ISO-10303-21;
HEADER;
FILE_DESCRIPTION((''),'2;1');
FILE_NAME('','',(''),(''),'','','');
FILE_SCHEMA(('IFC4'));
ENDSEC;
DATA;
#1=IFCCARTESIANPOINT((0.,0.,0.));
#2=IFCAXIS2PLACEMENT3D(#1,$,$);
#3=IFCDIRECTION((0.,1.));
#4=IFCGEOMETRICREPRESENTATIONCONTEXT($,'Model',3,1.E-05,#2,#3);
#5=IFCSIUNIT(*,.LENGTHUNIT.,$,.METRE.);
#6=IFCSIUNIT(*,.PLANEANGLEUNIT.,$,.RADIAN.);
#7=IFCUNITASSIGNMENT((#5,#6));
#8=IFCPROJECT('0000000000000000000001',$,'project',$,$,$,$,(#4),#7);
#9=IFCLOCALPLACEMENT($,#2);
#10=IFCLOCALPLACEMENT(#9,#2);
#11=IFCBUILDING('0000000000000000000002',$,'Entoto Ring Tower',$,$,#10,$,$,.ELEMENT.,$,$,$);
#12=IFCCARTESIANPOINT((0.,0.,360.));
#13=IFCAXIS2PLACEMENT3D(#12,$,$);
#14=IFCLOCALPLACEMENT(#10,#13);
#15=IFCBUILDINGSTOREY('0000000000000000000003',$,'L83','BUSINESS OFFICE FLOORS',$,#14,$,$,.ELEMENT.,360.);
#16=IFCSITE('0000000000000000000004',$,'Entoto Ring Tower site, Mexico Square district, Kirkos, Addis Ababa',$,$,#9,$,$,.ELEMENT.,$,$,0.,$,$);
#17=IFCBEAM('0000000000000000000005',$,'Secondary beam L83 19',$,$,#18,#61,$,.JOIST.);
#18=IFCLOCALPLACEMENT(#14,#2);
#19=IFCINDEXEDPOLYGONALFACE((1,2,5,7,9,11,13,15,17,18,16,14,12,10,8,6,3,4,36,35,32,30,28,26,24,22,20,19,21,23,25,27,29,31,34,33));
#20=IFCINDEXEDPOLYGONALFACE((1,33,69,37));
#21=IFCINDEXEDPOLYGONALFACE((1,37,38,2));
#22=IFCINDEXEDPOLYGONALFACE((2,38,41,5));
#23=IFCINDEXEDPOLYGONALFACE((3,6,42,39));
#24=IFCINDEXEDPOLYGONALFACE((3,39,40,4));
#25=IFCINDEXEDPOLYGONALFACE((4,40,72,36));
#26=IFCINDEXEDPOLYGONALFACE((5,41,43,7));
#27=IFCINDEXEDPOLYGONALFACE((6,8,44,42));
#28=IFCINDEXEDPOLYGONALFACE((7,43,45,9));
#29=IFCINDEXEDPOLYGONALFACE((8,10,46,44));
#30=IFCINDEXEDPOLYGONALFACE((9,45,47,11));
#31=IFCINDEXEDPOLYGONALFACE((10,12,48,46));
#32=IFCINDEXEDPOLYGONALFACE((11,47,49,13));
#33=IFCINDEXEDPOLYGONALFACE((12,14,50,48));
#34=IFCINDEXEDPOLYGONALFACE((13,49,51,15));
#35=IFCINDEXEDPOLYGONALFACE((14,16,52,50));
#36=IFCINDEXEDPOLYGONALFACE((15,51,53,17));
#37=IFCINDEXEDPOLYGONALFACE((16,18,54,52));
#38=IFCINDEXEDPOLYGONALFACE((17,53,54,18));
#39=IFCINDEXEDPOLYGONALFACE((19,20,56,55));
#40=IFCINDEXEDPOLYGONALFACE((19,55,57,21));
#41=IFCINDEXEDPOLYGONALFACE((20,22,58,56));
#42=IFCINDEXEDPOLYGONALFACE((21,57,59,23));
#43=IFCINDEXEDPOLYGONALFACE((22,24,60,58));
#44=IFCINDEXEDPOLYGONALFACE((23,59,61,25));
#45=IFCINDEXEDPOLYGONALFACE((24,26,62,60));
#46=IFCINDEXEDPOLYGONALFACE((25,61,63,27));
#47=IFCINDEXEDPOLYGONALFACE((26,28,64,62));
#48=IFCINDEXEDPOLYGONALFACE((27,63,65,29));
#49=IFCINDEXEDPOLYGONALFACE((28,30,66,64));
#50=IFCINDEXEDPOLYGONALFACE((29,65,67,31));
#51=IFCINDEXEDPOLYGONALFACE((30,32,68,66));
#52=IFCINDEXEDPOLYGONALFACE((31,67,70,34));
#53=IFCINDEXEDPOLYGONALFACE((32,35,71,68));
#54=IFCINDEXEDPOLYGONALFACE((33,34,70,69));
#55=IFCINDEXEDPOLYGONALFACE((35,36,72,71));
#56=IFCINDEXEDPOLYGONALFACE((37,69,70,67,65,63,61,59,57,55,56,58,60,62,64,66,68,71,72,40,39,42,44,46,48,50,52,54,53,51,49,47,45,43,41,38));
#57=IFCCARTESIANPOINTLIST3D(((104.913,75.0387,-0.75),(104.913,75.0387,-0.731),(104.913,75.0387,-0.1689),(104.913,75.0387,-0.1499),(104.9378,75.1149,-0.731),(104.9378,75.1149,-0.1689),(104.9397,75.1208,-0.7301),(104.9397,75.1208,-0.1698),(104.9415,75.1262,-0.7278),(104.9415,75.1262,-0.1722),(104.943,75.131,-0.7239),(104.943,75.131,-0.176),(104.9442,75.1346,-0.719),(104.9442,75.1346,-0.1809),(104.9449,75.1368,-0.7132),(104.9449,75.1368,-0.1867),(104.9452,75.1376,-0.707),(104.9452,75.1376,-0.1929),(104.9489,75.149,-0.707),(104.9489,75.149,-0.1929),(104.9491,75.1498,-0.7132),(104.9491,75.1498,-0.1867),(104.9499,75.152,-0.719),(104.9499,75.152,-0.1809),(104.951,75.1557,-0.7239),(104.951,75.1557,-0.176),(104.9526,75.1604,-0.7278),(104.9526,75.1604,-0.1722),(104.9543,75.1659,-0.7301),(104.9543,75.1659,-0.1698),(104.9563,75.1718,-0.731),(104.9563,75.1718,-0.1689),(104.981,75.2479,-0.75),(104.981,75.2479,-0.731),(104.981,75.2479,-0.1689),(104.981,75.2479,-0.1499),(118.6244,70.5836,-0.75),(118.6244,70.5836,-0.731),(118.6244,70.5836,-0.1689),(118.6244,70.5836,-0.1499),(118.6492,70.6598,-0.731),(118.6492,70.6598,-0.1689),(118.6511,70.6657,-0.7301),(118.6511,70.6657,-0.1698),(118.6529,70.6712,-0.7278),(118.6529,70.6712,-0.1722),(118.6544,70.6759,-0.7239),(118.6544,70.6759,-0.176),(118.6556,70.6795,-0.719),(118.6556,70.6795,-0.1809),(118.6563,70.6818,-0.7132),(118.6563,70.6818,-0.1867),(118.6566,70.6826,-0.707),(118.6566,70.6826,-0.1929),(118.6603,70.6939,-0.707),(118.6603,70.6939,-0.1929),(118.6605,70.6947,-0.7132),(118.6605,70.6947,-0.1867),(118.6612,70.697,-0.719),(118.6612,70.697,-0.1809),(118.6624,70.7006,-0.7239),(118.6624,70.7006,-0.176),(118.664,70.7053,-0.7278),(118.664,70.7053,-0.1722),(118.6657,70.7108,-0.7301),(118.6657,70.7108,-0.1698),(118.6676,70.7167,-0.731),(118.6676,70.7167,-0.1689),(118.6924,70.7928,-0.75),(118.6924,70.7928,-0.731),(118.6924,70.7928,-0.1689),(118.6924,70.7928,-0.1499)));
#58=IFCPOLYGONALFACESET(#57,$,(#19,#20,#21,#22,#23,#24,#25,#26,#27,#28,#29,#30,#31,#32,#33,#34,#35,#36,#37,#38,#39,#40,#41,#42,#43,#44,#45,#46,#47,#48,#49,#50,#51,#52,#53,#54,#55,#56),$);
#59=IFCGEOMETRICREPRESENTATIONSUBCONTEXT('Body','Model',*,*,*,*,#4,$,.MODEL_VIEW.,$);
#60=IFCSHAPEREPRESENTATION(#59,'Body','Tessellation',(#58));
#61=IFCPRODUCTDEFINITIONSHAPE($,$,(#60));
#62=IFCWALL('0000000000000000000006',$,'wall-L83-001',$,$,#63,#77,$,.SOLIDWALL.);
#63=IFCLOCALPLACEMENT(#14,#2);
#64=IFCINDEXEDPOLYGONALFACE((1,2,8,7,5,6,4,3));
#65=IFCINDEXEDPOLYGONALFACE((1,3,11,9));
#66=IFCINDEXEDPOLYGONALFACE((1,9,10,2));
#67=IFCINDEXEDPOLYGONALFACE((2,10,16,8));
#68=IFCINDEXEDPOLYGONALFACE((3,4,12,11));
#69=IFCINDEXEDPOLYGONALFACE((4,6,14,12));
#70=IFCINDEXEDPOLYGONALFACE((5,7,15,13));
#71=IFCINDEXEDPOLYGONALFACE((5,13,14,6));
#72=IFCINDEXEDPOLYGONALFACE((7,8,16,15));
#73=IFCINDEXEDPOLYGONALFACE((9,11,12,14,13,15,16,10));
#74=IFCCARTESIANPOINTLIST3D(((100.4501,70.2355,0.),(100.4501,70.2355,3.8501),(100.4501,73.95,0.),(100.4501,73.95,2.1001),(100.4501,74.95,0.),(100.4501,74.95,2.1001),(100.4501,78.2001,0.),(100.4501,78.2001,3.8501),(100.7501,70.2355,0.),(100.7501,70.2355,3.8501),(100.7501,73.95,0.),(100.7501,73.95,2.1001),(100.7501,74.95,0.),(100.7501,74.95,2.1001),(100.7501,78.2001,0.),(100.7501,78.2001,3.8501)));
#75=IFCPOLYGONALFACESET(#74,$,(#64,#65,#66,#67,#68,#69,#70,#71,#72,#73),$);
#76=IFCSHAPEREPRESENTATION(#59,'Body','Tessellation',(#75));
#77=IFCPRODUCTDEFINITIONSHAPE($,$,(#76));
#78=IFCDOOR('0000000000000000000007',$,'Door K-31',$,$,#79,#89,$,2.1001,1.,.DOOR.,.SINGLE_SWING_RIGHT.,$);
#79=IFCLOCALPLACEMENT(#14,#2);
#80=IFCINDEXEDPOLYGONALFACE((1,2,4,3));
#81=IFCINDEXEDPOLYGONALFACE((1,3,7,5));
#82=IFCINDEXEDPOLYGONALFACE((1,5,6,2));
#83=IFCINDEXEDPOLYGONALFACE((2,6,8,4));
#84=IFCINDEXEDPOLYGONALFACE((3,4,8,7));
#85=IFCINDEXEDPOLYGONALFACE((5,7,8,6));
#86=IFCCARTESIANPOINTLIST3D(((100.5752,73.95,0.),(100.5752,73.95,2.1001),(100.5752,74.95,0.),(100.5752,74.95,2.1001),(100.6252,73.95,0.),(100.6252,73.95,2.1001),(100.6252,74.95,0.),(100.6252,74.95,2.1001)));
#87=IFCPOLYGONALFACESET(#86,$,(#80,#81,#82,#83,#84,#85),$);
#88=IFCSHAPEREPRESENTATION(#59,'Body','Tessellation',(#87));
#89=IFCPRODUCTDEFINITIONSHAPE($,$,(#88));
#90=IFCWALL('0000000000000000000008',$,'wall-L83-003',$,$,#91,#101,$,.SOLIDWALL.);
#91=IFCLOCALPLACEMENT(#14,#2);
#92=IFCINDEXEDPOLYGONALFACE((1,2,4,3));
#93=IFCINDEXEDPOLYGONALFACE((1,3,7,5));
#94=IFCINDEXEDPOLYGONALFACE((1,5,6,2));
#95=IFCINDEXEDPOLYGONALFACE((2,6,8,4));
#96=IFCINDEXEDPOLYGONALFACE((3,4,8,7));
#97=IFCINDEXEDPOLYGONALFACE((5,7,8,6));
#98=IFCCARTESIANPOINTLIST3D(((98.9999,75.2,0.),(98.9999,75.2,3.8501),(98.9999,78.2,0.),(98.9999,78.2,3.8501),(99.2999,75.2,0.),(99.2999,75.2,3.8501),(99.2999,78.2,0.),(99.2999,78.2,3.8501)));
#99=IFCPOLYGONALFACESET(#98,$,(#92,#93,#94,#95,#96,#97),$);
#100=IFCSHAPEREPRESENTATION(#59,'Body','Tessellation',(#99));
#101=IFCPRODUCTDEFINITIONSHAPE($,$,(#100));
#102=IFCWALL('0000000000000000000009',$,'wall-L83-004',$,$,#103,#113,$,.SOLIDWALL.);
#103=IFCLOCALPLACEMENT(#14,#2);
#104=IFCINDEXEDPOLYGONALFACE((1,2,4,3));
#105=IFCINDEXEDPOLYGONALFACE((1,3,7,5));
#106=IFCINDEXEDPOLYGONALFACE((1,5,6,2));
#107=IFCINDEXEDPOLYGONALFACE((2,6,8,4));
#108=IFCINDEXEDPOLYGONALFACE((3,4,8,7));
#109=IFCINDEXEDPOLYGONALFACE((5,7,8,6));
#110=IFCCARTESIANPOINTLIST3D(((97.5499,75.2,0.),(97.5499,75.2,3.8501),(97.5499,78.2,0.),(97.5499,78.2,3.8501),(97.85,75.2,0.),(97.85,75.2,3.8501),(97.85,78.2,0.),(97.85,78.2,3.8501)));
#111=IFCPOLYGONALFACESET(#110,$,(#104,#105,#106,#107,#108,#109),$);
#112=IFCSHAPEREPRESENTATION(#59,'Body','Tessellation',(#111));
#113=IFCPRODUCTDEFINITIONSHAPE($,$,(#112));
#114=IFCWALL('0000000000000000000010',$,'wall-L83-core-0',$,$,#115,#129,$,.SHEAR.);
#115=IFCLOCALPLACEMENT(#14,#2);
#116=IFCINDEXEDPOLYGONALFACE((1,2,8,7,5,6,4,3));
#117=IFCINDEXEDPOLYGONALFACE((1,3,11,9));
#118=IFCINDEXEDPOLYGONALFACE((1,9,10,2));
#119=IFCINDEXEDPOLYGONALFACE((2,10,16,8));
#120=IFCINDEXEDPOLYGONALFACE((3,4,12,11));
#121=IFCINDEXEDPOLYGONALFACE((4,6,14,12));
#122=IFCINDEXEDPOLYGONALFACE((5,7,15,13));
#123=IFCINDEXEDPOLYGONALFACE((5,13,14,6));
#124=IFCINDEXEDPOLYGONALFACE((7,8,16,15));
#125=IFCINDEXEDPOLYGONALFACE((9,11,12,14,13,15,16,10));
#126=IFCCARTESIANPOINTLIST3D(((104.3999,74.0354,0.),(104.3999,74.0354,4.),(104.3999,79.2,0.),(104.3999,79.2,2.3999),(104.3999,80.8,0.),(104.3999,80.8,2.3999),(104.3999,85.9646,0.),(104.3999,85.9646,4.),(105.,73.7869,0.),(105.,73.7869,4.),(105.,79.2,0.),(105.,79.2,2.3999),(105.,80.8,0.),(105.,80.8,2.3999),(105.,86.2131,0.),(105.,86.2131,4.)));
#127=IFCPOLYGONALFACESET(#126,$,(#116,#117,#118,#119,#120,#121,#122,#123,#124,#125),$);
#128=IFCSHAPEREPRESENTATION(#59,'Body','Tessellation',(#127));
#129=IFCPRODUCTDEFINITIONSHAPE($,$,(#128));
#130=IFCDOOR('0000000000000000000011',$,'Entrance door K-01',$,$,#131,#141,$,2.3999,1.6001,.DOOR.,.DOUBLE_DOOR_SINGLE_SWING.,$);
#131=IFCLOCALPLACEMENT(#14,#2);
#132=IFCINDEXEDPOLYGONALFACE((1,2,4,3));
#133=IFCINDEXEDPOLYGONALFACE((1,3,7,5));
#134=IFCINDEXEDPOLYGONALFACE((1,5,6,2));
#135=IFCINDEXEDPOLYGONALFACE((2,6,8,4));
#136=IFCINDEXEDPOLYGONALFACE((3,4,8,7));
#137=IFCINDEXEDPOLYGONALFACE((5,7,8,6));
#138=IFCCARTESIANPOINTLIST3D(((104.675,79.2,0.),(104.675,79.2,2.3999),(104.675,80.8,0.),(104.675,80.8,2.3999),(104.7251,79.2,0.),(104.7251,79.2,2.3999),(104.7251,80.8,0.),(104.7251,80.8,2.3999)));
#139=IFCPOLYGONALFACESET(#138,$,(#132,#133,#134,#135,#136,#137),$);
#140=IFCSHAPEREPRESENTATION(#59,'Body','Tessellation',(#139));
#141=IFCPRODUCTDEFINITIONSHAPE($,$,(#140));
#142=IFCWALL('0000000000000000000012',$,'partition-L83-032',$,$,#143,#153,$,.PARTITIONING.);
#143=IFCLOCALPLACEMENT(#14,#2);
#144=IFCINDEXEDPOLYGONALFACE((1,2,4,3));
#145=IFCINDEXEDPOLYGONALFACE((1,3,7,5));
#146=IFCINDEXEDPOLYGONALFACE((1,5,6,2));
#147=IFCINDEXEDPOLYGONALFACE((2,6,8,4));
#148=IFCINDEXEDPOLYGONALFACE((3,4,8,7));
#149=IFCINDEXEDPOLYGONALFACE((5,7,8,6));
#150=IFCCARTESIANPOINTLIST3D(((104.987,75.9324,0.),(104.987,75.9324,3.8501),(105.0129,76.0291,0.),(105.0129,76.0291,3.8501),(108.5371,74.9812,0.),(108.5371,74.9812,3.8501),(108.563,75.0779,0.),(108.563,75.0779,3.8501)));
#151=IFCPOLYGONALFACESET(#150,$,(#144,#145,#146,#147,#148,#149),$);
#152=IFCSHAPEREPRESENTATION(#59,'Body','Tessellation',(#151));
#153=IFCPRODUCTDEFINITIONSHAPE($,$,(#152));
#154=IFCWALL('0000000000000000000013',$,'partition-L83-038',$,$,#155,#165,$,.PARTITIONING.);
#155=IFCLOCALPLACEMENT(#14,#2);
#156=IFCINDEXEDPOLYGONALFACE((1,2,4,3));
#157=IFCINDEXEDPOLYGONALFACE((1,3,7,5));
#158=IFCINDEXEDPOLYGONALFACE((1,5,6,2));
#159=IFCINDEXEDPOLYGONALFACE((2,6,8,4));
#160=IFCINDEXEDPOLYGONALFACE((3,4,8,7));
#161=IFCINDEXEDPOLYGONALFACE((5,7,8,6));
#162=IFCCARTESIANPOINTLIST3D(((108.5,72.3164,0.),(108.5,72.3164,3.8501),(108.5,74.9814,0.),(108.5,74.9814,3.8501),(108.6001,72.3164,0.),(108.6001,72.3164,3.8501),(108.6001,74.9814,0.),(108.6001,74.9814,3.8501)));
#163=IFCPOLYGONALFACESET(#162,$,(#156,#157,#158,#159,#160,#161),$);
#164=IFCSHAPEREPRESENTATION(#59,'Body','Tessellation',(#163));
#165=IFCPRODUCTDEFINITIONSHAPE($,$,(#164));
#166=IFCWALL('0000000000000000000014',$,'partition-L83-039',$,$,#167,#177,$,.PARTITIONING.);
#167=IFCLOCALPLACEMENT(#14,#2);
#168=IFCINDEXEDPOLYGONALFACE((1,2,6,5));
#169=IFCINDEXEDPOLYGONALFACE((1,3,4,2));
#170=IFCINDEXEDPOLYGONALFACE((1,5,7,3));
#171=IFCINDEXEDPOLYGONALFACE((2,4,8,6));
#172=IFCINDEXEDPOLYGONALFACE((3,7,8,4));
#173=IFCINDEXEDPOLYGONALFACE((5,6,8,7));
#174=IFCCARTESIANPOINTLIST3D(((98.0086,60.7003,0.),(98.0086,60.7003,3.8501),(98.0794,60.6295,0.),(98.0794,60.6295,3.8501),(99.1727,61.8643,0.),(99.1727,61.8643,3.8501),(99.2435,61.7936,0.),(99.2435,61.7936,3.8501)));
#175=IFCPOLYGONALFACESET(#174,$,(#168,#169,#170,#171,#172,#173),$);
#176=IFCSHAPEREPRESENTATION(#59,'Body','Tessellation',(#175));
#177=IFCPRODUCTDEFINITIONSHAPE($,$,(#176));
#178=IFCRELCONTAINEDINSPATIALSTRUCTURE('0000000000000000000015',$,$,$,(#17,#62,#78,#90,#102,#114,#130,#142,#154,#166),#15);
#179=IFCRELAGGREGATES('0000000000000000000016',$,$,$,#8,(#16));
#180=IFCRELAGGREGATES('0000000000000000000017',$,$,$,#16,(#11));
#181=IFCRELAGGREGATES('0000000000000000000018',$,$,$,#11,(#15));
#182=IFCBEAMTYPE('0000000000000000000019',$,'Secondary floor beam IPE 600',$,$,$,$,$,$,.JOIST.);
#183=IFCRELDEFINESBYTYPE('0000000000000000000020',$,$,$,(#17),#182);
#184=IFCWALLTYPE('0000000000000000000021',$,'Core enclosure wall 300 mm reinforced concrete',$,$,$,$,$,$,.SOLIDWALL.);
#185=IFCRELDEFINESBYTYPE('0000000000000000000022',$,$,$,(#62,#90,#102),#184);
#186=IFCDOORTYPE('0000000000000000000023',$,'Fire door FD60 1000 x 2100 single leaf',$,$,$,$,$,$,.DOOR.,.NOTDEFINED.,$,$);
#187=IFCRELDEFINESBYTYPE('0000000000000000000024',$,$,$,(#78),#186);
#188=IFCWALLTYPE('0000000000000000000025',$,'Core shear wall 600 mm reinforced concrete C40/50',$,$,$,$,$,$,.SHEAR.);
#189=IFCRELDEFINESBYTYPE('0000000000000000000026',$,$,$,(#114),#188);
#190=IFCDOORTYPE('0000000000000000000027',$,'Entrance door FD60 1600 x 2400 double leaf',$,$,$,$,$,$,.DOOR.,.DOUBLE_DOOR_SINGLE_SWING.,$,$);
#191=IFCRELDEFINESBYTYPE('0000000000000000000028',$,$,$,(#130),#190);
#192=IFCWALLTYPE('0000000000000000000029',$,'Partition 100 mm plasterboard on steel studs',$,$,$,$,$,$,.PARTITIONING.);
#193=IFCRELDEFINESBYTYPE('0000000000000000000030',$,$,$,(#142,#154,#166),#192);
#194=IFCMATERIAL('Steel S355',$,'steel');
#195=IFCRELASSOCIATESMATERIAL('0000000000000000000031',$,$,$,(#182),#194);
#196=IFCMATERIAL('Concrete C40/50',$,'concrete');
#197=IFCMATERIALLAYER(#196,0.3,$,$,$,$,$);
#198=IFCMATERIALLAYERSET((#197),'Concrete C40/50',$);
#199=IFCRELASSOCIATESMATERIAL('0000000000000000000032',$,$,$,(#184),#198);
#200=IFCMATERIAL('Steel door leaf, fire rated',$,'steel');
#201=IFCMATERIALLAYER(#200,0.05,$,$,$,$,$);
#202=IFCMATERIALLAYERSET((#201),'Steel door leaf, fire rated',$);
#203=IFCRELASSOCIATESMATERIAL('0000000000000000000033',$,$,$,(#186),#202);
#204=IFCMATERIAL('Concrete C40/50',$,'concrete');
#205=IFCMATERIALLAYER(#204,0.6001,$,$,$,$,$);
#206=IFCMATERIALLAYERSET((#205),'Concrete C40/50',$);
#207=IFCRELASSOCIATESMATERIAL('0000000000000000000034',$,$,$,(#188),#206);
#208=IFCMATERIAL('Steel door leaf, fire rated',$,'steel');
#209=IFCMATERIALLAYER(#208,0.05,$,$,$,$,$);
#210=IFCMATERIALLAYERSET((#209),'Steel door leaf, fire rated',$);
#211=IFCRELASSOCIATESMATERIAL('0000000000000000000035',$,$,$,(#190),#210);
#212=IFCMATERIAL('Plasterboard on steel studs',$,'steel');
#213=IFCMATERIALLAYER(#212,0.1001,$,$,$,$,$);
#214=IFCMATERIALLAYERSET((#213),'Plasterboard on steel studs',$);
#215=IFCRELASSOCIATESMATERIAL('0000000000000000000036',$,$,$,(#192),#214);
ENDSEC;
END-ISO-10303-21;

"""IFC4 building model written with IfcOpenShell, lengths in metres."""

from ifc_helpers import new_model, si_unit, direction, frame, frame_2d, origin, origin_2d, place, context, subcontext, project, spatial, polyline, rectangle, i_section, outline, extrude, material, layer, layer_set, material_profile, profile_set, type_object, element, fill, save


model = new_model("IFC4")

# Units and contexts
model_context = context("Model", 3, precision=1e-05, world=origin(), true_north=direction((0.0, 1.0)))
body_context = subcontext(model_context, "Body", "Model", "MODEL_VIEW")
ifc_project = project(units=[si_unit("LENGTHUNIT", "METRE"), si_unit("PLANEANGLEUNIT", "RADIAN")], contexts=[model_context])

# Site, building, storey
site_placement = place(None, origin())
site = spatial("IfcSite", under=ifc_project, at=site_placement, Name="Entoto Ring Tower site, Mexico Square district, Kirkos, Addis Ababa", CompositionType="ELEMENT", RefElevation=0.0)
building_placement = place(site_placement, origin())
building = spatial("IfcBuilding", under=site, at=building_placement, Name="Entoto Ring Tower", CompositionType="ELEMENT")
storey_placement = place(building_placement, frame((0.0, 0.0, 360.0)))
storey = spatial("IfcBuildingStorey", under=building, at=storey_placement, Name="L83", Description="BUSINESS OFFICE FLOORS", CompositionType="ELEMENT", Elevation=360.0)

# Beam
ifc_material_1 = material(Name="Steel S355", Category="steel")
ifc_material_profile_1 = material_profile(ifc_material_1, i_section(OverallWidth=0.22, OverallDepth=0.6001, WebThickness=0.012, FlangeThickness=0.019, FilletRadius=0.0239, at=origin_2d()), Name="IPE 600")
ifc_profile_set_1 = profile_set([ifc_material_profile_1], Name="Steel S355")
beam_type_1 = type_object("IfcBeamType", Name="Secondary floor beam IPE 600", PredefinedType="JOIST", material=ifc_profile_set_1)
beam_1_placement = place(storey_placement, frame((104.947, 75.1433, -0.45), z_axis=(0.951057, -0.309015, 0.0), x_axis=(0.309015, 0.951057, 0.0)))
element("IfcBeam", 1, at=beam_1_placement, inside=storey, type_object=beam_type_1, Name="Secondary beam L83 19", PredefinedType="JOIST", context=body_context, shape_type="SweptSolid", body=[
    extrude(i_section(OverallWidth=0.22, OverallDepth=0.6001, WebThickness=0.012, FlangeThickness=0.019, FilletRadius=0.0239, at=origin_2d()), origin(), (0.0, 0.0, 1.0), 14.417),
])

# Wall, opening, door
ifc_material_2 = material(Name="Concrete C40/50", Category="concrete")
ifc_layer_1 = layer(ifc_material_2, 0.3)
ifc_layer_set_1 = layer_set([ifc_layer_1], Name="Concrete C40/50")
wall_type_1 = type_object("IfcWallType", Name="Core enclosure wall 300 mm reinforced concrete", PredefinedType="SOLIDWALL", material=ifc_layer_set_1)
wall_1_placement = place(storey_placement, frame((100.6001, 70.2354, 0.0), z_axis=(0.0, 0.0, 1.0), x_axis=(0.0, 1.0, 0.0)))
wall_1 = element("IfcWall", 2, at=wall_1_placement, inside=storey, type_object=wall_type_1, Name="wall-L83-001", PredefinedType="SOLIDWALL", context=body_context, shape_type="SweptSolid", body=[
    extrude(rectangle(XDim=7.9646, YDim=0.3, at=frame_2d((3.9824, 0.0))), origin(), (0.0, 0.0, 1.0), 3.8501),
])
opening_1_placement = place(wall_1_placement, frame((3.7146, 0.0, 0.0)))
opening_1 = element("IfcOpeningElement", 3, at=opening_1_placement, cuts=wall_1, PredefinedType="OPENING", context=body_context, shape_type="SweptSolid", body=[
    extrude(rectangle(XDim=1.0, YDim=2.1001, at=frame_2d((0.5, 1.05))), frame((0.0, 0.1602, 0.0), z_axis=(0.0, -1.0, 0.0), x_axis=(1.0, 0.0, 0.0)), (0.0, 0.0, 1.0), 0.3201),
])
ifc_material_3 = material(Name="Steel door leaf, fire rated", Category="steel")
ifc_layer_2 = layer(ifc_material_3, 0.05)
ifc_layer_set_2 = layer_set([ifc_layer_2], Name="Steel door leaf, fire rated")
door_type_1 = type_object("IfcDoorType", Name="Fire door FD60 1000 x 2100 single leaf", OperationType="NOTDEFINED", PredefinedType="DOOR", material=ifc_layer_set_2)
door_1_placement = place(opening_1_placement, origin())
door_1 = element("IfcDoor", 4, at=door_1_placement, inside=storey, type_object=door_type_1, Name="Door K-31", OperationType="SINGLE_SWING_RIGHT", OverallHeight=2.1001, OverallWidth=1.0, PredefinedType="DOOR", context=body_context, shape_type="SweptSolid", body=[
    extrude(rectangle(XDim=1.0, YDim=2.1001, at=frame_2d((0.5, 1.05))), frame((0.0, 0.0249, 0.0), z_axis=(0.0, -1.0, 0.0), x_axis=(1.0, 0.0, 0.0)), (0.0, 0.0, 1.0), 0.05),
])
fill(opening_1, door_1)

# Walls
for number, where, z_axis, x_axis, name in (
    (5, (99.1499, 75.2, 0.0), (0.0, 0.0, 1.0), (0.0, 1.0, 0.0), "wall-L83-003"),
    (6, (97.7, 75.2, 0.0), (0.0, 0.0, 1.0), (0.0, 1.0, 0.0), "wall-L83-004"),
):
    element("IfcWall", number, at=place(storey_placement, frame(where, z_axis=z_axis, x_axis=x_axis)), inside=storey, type_object=wall_type_1, Name=name, PredefinedType="SOLIDWALL", context=body_context, shape_type="SweptSolid", body=[
        extrude(rectangle(XDim=3.0, YDim=0.3, at=frame_2d((1.5, 0.0))), origin(), (0.0, 0.0, 1.0), 3.8501),
    ])

# Wall, opening, door
ifc_material_4 = material(Name="Concrete C40/50", Category="concrete")
ifc_layer_3 = layer(ifc_material_4, 0.6001)
ifc_layer_set_3 = layer_set([ifc_layer_3], Name="Concrete C40/50")
wall_type_2 = type_object("IfcWallType", Name="Core shear wall 600 mm reinforced concrete C40/50", PredefinedType="SHEAR", material=ifc_layer_set_3)
wall_2_placement = place(storey_placement, frame((104.7, 73.9111, 0.0), z_axis=(0.0, 0.0, 1.0), x_axis=(0.0, 1.0, 0.0)))
wall_2 = element("IfcWall", 7, at=wall_2_placement, inside=storey, type_object=wall_type_2, Name="wall-L83-core-0", PredefinedType="SHEAR", context=body_context, shape_type="SweptSolid", body=[
    extrude(outline(polyline([(-0.1243, -0.3), (12.302, -0.3), (12.0535, 0.3), (0.1243, 0.3), (-0.1243, -0.3)])), origin(), (0.0, 0.0, 1.0), 4.0),
])
opening_2_placement = place(wall_2_placement, frame((5.2888, 0.0, 0.0)))
opening_2 = element("IfcOpeningElement", 8, at=opening_2_placement, cuts=wall_2, PredefinedType="OPENING", context=body_context, shape_type="SweptSolid", body=[
    extrude(rectangle(XDim=1.6001, YDim=2.3999, at=frame_2d((0.8, 1.2))), frame((0.0, 0.3101, 0.0), z_axis=(0.0, -1.0, 0.0), x_axis=(1.0, 0.0, 0.0)), (0.0, 0.0, 1.0), 0.6201),
])
ifc_material_5 = material(Name="Steel door leaf, fire rated", Category="steel")
ifc_layer_4 = layer(ifc_material_5, 0.05)
ifc_layer_set_4 = layer_set([ifc_layer_4], Name="Steel door leaf, fire rated")
door_type_2 = type_object("IfcDoorType", Name="Entrance door FD60 1600 x 2400 double leaf", OperationType="DOUBLE_DOOR_SINGLE_SWING", PredefinedType="DOOR", material=ifc_layer_set_4)
door_2_placement = place(opening_2_placement, origin())
door_2 = element("IfcDoor", 9, at=door_2_placement, inside=storey, type_object=door_type_2, Name="Entrance door K-01", OperationType="DOUBLE_DOOR_SINGLE_SWING", OverallHeight=2.3999, OverallWidth=1.6001, PredefinedType="DOOR", context=body_context, shape_type="SweptSolid", body=[
    extrude(rectangle(XDim=1.6001, YDim=2.3999, at=frame_2d((0.8, 1.2))), frame((0.0, 0.0249, 0.0), z_axis=(0.0, -1.0, 0.0), x_axis=(1.0, 0.0, 0.0)), (0.0, 0.0, 1.0), 0.05),
])
fill(opening_2, door_2)

# Walls
ifc_material_6 = material(Name="Plasterboard on steel studs", Category="steel")
ifc_layer_5 = layer(ifc_material_6, 0.1001)
ifc_layer_set_5 = layer_set([ifc_layer_5], Name="Plasterboard on steel studs")
wall_type_3 = type_object("IfcWallType", Name="Partition 100 mm plasterboard on steel studs", PredefinedType="PARTITIONING", material=ifc_layer_set_5)
wall_3_placement = place(storey_placement, frame((108.55, 75.0295, 0.0), z_axis=(0.0, 0.0, 1.0), x_axis=(-0.96593, 0.258804, 0.0)))
element("IfcWall", 10, at=wall_3_placement, inside=storey, type_object=wall_type_3, Name="partition-L83-032", PredefinedType="PARTITIONING", context=body_context, shape_type="SweptSolid", body=[
    extrude(rectangle(XDim=3.6753, YDim=0.1001, at=frame_2d((1.8376, 0.0))), origin(), (0.0, 0.0, 1.0), 3.8501),
])
wall_4_placement = place(storey_placement, frame((108.55, 72.3164, 0.0), z_axis=(0.0, 0.0, 1.0), x_axis=(0.0, 1.0, 0.0)))
element("IfcWall", 11, at=wall_4_placement, inside=storey, type_object=wall_type_3, Name="partition-L83-038", PredefinedType="PARTITIONING", context=body_context, shape_type="SweptSolid", body=[
    extrude(rectangle(XDim=2.665, YDim=0.1001, at=frame_2d((1.3325, 0.0))), origin(), (0.0, 0.0, 1.0), 3.8501),
])
wall_5_placement = place(storey_placement, frame((98.0439, 60.6648, 0.0), z_axis=(0.0, 0.0, 1.0), x_axis=(0.707107, 0.707107, 0.0)))
element("IfcWall", 12, at=wall_5_placement, inside=storey, type_object=wall_type_3, Name="partition-L83-039", PredefinedType="PARTITIONING", context=body_context, shape_type="SweptSolid", body=[
    extrude(rectangle(XDim=1.6462, YDim=0.1001, at=frame_2d((0.8232, 0.0))), origin(), (0.0, 0.0, 1.0), 3.8501),
])

save(model, "model.ifc")
